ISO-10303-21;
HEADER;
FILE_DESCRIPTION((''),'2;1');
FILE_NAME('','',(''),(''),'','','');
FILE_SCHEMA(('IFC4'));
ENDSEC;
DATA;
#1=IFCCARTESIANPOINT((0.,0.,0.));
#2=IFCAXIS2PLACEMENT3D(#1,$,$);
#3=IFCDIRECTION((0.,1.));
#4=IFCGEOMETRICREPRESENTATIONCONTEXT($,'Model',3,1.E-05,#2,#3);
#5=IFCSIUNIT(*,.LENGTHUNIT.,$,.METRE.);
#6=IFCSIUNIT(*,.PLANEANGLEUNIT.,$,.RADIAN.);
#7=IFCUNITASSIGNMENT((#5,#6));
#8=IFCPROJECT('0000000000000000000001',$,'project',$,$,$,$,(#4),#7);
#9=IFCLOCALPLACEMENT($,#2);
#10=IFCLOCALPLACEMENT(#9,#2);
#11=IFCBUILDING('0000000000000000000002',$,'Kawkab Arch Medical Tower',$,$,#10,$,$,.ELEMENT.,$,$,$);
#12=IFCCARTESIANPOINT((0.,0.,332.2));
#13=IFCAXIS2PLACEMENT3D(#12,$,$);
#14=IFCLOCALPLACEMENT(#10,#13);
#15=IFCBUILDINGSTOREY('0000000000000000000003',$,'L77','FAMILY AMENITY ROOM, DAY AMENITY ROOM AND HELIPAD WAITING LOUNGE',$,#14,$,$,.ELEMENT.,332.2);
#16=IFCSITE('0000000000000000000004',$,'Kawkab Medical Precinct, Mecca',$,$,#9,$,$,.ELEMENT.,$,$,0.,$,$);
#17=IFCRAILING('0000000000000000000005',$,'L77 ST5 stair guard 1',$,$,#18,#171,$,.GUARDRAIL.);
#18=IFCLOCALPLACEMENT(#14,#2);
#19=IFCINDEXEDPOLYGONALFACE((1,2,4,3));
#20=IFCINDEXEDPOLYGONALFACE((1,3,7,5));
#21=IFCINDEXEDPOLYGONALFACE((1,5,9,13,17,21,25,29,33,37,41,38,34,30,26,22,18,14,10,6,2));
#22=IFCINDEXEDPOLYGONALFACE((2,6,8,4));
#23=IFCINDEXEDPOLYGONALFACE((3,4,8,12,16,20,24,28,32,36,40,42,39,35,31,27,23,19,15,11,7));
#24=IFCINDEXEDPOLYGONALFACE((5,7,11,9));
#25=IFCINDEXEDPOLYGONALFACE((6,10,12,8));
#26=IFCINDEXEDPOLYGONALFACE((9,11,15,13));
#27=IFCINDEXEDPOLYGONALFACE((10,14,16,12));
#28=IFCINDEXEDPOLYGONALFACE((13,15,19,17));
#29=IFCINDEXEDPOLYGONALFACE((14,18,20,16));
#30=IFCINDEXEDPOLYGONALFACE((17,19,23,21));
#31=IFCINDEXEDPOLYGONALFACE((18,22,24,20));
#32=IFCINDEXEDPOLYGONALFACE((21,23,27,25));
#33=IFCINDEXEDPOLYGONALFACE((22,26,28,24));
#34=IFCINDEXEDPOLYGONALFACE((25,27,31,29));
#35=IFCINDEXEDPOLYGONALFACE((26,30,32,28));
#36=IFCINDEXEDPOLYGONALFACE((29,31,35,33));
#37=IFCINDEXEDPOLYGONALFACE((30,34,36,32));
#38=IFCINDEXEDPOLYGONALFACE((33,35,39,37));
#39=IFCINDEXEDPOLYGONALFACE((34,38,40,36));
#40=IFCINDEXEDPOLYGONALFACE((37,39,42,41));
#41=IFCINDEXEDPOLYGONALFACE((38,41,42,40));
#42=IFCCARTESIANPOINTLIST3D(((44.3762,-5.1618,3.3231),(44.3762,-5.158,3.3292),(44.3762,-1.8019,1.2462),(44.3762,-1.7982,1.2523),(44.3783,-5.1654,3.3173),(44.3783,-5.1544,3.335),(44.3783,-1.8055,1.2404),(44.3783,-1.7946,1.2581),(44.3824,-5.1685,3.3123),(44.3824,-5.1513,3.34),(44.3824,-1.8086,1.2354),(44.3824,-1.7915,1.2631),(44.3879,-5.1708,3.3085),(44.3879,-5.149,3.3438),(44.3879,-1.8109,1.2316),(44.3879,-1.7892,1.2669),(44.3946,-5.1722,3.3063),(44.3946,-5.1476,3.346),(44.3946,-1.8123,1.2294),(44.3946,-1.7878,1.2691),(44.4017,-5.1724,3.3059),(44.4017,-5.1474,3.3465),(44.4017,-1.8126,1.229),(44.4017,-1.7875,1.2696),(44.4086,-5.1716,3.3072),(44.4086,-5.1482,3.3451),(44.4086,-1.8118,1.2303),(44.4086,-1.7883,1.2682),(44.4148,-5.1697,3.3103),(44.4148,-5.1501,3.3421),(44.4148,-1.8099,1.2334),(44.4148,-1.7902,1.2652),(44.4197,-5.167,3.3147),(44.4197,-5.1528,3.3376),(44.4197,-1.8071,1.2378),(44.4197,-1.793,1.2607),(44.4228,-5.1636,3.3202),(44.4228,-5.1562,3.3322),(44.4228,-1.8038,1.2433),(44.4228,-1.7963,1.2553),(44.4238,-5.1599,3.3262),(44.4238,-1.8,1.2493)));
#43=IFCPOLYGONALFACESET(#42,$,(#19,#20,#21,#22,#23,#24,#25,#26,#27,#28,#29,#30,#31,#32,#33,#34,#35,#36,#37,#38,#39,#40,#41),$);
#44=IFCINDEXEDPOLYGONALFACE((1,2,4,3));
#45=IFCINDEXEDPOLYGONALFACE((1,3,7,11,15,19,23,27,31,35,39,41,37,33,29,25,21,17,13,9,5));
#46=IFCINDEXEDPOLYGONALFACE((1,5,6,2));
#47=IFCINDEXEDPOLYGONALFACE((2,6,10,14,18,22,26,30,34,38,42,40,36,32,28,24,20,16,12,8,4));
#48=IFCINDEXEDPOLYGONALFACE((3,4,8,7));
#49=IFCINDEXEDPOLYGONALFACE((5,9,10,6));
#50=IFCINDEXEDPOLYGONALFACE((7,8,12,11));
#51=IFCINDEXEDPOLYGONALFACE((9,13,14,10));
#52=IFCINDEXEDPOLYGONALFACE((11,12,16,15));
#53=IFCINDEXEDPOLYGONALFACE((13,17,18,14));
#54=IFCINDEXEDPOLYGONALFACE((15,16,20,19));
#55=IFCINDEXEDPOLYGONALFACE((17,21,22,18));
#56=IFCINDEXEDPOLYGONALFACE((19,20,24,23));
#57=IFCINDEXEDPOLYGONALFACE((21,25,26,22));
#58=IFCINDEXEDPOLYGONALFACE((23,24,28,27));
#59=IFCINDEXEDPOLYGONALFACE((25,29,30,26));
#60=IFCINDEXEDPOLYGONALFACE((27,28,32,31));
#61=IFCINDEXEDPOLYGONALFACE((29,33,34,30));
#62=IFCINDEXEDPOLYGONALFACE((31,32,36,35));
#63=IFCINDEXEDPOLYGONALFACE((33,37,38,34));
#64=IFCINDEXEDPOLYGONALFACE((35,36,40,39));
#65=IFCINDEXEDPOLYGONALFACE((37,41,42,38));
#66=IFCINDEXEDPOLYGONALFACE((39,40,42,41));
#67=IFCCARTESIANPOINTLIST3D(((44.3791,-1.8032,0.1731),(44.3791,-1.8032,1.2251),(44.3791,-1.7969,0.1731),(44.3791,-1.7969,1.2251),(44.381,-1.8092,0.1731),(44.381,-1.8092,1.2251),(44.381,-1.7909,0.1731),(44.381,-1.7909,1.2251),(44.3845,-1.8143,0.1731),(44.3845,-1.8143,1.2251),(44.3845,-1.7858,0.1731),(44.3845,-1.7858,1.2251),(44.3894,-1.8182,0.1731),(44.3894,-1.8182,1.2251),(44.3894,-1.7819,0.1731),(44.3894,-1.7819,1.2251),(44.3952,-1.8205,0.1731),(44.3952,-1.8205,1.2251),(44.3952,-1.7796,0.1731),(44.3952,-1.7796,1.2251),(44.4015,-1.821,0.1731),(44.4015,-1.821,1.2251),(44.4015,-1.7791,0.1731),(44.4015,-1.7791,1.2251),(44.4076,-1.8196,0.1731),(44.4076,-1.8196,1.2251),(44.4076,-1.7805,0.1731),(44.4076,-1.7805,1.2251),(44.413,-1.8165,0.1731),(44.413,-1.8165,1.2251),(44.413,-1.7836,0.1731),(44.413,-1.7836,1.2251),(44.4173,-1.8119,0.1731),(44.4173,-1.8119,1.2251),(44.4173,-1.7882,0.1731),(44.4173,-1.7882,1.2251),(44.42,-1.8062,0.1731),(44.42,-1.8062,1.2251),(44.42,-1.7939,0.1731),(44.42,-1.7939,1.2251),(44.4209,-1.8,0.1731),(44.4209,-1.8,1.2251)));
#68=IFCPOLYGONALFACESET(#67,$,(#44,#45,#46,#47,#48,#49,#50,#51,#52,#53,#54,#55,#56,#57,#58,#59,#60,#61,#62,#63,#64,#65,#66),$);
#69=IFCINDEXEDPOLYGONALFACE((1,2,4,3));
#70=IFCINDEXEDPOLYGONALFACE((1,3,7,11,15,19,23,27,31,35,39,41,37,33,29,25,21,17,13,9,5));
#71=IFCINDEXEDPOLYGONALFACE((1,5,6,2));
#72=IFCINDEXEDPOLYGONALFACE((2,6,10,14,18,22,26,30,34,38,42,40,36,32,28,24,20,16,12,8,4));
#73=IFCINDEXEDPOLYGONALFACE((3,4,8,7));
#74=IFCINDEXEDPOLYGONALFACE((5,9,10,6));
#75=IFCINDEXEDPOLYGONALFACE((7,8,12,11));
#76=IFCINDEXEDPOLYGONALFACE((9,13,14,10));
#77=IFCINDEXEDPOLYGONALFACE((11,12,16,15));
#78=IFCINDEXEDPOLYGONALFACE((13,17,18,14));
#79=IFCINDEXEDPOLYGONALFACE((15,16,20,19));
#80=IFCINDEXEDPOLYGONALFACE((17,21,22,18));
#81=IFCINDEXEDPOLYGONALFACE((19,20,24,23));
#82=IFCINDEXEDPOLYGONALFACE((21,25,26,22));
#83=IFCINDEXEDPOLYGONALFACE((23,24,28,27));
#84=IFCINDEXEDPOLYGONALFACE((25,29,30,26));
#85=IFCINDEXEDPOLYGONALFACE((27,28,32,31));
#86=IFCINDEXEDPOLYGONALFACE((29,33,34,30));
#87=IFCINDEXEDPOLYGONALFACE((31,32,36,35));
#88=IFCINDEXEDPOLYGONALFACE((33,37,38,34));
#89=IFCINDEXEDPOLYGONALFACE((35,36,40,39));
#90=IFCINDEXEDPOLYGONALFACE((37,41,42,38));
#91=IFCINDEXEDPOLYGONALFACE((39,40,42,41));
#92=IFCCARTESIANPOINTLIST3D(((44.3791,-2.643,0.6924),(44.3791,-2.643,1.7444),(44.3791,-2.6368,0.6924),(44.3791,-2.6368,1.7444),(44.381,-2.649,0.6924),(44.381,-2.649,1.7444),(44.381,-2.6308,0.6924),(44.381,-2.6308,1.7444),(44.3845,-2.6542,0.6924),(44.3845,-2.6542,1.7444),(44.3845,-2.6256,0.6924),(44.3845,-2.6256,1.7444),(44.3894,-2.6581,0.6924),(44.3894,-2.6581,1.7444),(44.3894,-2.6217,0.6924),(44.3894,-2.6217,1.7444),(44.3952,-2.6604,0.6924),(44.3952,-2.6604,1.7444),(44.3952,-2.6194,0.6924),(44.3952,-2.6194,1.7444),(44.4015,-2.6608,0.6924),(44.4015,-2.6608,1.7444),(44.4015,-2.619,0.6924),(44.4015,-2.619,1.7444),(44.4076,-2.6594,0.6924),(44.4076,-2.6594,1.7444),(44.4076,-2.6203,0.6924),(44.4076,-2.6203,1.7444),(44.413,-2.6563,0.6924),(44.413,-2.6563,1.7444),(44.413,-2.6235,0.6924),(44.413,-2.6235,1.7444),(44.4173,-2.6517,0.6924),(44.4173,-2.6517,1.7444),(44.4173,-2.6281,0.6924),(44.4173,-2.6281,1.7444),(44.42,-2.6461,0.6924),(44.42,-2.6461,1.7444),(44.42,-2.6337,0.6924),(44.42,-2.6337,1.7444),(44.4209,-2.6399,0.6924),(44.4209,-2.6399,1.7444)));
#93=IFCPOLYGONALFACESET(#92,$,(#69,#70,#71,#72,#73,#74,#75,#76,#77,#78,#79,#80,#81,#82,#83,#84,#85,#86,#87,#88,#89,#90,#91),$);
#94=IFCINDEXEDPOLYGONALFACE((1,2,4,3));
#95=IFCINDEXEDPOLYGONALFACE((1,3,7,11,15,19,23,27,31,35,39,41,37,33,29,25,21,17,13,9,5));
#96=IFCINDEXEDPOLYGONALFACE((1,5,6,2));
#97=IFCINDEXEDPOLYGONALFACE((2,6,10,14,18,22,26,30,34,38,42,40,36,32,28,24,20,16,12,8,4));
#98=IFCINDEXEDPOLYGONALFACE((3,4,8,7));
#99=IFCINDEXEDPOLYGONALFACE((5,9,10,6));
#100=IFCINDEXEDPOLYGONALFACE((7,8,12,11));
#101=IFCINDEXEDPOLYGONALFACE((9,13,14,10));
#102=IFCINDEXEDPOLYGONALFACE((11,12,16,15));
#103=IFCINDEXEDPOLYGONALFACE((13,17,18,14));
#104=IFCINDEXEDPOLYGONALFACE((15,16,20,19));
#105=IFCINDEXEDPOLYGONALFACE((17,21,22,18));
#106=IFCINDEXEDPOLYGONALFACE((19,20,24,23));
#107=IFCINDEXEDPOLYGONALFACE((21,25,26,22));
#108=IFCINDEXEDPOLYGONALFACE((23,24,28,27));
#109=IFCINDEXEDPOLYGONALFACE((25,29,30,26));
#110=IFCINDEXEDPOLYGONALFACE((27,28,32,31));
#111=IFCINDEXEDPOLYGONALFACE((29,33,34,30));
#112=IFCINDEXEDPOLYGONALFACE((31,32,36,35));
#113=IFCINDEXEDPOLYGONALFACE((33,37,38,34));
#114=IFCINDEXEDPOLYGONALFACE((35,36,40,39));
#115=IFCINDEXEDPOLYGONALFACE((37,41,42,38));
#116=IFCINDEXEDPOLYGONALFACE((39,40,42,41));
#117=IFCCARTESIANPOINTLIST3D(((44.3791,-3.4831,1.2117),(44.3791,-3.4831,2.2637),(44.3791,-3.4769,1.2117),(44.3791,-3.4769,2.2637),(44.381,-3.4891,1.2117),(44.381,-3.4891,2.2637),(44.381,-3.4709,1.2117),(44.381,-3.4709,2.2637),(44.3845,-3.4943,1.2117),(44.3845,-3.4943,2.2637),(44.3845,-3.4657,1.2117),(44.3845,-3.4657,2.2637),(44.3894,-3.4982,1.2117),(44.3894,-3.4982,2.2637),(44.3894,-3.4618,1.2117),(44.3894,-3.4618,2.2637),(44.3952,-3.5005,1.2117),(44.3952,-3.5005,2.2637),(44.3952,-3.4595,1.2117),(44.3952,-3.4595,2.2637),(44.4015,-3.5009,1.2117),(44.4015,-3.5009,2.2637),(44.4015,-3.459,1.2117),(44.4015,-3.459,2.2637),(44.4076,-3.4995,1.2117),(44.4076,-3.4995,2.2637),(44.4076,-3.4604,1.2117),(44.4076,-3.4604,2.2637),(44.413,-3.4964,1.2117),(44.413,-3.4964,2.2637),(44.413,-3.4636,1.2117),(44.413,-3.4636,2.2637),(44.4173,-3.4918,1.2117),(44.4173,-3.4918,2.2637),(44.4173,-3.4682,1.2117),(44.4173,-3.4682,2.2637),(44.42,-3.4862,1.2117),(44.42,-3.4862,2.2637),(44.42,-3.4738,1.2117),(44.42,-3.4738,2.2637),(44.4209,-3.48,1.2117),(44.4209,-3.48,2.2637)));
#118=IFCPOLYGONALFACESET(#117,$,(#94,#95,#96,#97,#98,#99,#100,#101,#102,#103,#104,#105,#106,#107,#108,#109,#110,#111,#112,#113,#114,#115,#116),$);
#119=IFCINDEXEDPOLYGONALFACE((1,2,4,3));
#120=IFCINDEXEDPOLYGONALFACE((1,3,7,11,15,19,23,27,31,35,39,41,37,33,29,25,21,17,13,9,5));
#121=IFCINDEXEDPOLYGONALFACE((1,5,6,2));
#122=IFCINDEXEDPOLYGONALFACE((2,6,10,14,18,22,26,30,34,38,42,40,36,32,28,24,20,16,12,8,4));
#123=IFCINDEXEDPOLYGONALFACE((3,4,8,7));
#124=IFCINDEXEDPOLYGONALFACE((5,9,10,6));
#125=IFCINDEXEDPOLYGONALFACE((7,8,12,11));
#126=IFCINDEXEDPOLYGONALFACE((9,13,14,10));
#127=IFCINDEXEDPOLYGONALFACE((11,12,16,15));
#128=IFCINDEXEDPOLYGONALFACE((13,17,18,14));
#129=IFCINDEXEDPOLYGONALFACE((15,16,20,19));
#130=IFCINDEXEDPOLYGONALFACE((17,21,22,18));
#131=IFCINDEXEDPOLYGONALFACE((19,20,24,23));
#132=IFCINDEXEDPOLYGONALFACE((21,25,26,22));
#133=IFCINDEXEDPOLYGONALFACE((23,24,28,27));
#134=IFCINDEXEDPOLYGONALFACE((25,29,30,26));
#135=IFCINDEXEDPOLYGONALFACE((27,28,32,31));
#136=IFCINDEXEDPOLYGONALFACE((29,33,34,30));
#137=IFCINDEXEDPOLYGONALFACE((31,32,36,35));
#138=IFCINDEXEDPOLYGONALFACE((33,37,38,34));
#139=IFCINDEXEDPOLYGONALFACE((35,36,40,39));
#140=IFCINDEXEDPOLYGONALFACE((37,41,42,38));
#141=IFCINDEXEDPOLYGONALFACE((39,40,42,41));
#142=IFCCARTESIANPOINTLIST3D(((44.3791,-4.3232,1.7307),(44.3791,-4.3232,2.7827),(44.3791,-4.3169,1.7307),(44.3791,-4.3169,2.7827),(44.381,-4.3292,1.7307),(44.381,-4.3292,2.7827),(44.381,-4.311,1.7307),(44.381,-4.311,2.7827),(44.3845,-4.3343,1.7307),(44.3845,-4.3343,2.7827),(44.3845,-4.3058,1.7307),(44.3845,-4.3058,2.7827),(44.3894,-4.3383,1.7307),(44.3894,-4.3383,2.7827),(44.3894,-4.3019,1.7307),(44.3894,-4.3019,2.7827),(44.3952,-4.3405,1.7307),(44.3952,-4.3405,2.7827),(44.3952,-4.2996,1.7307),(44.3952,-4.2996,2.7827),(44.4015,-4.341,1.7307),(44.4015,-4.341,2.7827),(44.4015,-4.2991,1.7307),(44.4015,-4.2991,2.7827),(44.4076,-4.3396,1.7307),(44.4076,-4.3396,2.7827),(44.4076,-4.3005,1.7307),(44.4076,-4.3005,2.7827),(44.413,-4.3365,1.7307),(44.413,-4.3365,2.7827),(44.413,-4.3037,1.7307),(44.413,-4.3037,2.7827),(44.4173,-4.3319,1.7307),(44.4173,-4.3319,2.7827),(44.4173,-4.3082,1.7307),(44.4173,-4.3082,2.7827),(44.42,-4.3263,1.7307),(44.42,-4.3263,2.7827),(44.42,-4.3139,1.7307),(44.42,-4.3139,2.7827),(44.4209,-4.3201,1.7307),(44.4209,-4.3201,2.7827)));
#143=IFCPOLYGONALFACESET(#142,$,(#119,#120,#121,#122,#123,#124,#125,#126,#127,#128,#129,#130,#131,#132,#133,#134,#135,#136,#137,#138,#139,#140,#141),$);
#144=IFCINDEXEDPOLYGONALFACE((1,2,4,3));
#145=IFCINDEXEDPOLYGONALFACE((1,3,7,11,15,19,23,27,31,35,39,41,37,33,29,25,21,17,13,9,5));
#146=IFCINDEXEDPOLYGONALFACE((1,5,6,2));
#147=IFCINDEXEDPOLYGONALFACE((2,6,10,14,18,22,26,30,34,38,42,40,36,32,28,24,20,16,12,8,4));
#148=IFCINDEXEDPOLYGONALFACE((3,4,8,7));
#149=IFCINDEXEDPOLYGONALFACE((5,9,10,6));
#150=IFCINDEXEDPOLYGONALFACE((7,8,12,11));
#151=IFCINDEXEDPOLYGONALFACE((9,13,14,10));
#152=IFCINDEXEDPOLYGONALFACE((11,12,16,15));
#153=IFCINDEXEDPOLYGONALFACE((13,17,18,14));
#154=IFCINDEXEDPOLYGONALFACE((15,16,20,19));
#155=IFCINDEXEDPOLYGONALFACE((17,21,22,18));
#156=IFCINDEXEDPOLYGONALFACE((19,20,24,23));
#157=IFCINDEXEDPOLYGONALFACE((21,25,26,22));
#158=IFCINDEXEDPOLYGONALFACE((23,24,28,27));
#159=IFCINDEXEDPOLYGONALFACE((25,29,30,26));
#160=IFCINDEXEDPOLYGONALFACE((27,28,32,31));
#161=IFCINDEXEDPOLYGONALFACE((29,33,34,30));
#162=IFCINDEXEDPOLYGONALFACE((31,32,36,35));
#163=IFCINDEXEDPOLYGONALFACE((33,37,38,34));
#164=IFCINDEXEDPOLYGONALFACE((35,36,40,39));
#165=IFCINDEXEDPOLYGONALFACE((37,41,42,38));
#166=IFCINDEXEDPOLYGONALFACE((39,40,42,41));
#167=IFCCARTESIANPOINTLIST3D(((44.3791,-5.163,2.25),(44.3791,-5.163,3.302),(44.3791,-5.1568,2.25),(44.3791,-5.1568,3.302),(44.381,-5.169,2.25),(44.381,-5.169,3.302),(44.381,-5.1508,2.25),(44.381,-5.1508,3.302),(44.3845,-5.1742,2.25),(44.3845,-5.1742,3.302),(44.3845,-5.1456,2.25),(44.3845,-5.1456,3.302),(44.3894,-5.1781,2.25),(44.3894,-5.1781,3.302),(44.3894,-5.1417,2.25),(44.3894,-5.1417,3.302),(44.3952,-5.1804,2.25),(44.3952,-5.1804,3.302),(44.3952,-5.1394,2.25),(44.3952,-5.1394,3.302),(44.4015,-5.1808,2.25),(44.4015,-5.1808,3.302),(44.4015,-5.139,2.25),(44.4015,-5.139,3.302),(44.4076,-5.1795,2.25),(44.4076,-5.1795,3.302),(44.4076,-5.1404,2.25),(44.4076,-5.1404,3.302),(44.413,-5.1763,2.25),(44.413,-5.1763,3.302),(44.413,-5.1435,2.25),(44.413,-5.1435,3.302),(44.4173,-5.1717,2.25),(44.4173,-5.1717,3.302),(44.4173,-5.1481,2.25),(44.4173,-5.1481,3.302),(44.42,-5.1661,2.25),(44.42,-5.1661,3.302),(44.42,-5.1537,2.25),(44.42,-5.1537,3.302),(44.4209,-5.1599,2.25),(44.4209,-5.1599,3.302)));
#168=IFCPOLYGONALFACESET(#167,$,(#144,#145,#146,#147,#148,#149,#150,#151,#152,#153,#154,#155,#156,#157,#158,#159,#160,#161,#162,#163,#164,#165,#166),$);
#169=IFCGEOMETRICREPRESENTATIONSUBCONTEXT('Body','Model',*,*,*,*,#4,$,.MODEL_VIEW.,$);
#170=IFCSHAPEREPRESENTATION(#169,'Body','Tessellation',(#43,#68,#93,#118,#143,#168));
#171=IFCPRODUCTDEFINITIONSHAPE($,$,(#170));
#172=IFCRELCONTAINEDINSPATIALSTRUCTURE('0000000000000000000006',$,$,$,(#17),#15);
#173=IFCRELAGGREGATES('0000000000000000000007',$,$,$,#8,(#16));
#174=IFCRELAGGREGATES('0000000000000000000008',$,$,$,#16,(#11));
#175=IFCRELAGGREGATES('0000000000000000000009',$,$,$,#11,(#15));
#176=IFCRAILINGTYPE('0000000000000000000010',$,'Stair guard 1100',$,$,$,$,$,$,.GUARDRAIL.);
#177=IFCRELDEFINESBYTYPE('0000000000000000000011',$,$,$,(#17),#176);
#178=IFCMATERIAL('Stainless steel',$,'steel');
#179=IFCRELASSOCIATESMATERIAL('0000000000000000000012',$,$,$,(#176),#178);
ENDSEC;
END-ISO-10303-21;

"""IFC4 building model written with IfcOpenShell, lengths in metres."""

from ifc_helpers import new_model, si_unit, direction, frame, origin, origin_2d, place, context, subcontext, project, spatial, circle, extrude, material, type_object, element, save


model = new_model("IFC4")

# Units and contexts
model_context = context("Model", 3, precision=1e-05, world=origin(), true_north=direction((0.0, 1.0)))
body_context = subcontext(model_context, "Body", "Model", "MODEL_VIEW")
ifc_project = project(units=[si_unit("LENGTHUNIT", "METRE"), si_unit("PLANEANGLEUNIT", "RADIAN")], contexts=[model_context])

# Site, building, storey
site_placement = place(None, origin())
site = spatial("IfcSite", under=ifc_project, at=site_placement, Name="Kawkab Medical Precinct, Mecca", CompositionType="ELEMENT", RefElevation=0.0)
building_placement = place(site_placement, origin())
building = spatial("IfcBuilding", under=site, at=building_placement, Name="Kawkab Arch Medical Tower", CompositionType="ELEMENT")
storey_placement = place(building_placement, frame((0.0, 0.0, 332.2)))
storey = spatial("IfcBuildingStorey", under=building, at=storey_placement, Name="L77", Description="FAMILY AMENITY ROOM, DAY AMENITY ROOM AND HELIPAD WAITING LOUNGE", CompositionType="ELEMENT", Elevation=332.2)

# Railing
ifc_material_1 = material(Name="Stainless steel", Category="steel")
railing_type = type_object("IfcRailingType", Name="Stair guard 1100", PredefinedType="GUARDRAIL", material=ifc_material_1)
railing_1_placement = place(storey_placement, frame((44.3999, -1.8, 0.1731)))
element("IfcRailing", 1, at=railing_1_placement, inside=storey, type_object=railing_type, Name="L77 ST5 stair guard 1", PredefinedType="GUARDRAIL", context=body_context, shape_type="SweptSolid", body=[
    extrude(circle(Radius=0.0239, at=origin_2d()), frame((0.0, 0.0, 1.0762), z_axis=(0.0, -0.850606, 0.525803), x_axis=(1.0, 0.0, 0.0)), (0.0, 0.0, 1.0), 3.95),
    extrude(circle(Radius=0.021, at=origin_2d()), origin(), (0.0, 0.0, 1.0), 1.052),
    extrude(circle(Radius=0.021, at=origin_2d()), frame((0.0, -0.8398, 0.5193)), (0.0, 0.0, 1.0), 1.052),
    extrude(circle(Radius=0.021, at=origin_2d()), frame((0.0, -1.6799, 1.0386)), (0.0, 0.0, 1.0), 1.052),
    extrude(circle(Radius=0.021, at=origin_2d()), frame((0.0, -2.52, 1.5576)), (0.0, 0.0, 1.0), 1.052),
    extrude(circle(Radius=0.021, at=origin_2d()), frame((0.0, -3.3599, 2.0769)), (0.0, 0.0, 1.0), 1.052),
])

save(model, "model.ifc")
